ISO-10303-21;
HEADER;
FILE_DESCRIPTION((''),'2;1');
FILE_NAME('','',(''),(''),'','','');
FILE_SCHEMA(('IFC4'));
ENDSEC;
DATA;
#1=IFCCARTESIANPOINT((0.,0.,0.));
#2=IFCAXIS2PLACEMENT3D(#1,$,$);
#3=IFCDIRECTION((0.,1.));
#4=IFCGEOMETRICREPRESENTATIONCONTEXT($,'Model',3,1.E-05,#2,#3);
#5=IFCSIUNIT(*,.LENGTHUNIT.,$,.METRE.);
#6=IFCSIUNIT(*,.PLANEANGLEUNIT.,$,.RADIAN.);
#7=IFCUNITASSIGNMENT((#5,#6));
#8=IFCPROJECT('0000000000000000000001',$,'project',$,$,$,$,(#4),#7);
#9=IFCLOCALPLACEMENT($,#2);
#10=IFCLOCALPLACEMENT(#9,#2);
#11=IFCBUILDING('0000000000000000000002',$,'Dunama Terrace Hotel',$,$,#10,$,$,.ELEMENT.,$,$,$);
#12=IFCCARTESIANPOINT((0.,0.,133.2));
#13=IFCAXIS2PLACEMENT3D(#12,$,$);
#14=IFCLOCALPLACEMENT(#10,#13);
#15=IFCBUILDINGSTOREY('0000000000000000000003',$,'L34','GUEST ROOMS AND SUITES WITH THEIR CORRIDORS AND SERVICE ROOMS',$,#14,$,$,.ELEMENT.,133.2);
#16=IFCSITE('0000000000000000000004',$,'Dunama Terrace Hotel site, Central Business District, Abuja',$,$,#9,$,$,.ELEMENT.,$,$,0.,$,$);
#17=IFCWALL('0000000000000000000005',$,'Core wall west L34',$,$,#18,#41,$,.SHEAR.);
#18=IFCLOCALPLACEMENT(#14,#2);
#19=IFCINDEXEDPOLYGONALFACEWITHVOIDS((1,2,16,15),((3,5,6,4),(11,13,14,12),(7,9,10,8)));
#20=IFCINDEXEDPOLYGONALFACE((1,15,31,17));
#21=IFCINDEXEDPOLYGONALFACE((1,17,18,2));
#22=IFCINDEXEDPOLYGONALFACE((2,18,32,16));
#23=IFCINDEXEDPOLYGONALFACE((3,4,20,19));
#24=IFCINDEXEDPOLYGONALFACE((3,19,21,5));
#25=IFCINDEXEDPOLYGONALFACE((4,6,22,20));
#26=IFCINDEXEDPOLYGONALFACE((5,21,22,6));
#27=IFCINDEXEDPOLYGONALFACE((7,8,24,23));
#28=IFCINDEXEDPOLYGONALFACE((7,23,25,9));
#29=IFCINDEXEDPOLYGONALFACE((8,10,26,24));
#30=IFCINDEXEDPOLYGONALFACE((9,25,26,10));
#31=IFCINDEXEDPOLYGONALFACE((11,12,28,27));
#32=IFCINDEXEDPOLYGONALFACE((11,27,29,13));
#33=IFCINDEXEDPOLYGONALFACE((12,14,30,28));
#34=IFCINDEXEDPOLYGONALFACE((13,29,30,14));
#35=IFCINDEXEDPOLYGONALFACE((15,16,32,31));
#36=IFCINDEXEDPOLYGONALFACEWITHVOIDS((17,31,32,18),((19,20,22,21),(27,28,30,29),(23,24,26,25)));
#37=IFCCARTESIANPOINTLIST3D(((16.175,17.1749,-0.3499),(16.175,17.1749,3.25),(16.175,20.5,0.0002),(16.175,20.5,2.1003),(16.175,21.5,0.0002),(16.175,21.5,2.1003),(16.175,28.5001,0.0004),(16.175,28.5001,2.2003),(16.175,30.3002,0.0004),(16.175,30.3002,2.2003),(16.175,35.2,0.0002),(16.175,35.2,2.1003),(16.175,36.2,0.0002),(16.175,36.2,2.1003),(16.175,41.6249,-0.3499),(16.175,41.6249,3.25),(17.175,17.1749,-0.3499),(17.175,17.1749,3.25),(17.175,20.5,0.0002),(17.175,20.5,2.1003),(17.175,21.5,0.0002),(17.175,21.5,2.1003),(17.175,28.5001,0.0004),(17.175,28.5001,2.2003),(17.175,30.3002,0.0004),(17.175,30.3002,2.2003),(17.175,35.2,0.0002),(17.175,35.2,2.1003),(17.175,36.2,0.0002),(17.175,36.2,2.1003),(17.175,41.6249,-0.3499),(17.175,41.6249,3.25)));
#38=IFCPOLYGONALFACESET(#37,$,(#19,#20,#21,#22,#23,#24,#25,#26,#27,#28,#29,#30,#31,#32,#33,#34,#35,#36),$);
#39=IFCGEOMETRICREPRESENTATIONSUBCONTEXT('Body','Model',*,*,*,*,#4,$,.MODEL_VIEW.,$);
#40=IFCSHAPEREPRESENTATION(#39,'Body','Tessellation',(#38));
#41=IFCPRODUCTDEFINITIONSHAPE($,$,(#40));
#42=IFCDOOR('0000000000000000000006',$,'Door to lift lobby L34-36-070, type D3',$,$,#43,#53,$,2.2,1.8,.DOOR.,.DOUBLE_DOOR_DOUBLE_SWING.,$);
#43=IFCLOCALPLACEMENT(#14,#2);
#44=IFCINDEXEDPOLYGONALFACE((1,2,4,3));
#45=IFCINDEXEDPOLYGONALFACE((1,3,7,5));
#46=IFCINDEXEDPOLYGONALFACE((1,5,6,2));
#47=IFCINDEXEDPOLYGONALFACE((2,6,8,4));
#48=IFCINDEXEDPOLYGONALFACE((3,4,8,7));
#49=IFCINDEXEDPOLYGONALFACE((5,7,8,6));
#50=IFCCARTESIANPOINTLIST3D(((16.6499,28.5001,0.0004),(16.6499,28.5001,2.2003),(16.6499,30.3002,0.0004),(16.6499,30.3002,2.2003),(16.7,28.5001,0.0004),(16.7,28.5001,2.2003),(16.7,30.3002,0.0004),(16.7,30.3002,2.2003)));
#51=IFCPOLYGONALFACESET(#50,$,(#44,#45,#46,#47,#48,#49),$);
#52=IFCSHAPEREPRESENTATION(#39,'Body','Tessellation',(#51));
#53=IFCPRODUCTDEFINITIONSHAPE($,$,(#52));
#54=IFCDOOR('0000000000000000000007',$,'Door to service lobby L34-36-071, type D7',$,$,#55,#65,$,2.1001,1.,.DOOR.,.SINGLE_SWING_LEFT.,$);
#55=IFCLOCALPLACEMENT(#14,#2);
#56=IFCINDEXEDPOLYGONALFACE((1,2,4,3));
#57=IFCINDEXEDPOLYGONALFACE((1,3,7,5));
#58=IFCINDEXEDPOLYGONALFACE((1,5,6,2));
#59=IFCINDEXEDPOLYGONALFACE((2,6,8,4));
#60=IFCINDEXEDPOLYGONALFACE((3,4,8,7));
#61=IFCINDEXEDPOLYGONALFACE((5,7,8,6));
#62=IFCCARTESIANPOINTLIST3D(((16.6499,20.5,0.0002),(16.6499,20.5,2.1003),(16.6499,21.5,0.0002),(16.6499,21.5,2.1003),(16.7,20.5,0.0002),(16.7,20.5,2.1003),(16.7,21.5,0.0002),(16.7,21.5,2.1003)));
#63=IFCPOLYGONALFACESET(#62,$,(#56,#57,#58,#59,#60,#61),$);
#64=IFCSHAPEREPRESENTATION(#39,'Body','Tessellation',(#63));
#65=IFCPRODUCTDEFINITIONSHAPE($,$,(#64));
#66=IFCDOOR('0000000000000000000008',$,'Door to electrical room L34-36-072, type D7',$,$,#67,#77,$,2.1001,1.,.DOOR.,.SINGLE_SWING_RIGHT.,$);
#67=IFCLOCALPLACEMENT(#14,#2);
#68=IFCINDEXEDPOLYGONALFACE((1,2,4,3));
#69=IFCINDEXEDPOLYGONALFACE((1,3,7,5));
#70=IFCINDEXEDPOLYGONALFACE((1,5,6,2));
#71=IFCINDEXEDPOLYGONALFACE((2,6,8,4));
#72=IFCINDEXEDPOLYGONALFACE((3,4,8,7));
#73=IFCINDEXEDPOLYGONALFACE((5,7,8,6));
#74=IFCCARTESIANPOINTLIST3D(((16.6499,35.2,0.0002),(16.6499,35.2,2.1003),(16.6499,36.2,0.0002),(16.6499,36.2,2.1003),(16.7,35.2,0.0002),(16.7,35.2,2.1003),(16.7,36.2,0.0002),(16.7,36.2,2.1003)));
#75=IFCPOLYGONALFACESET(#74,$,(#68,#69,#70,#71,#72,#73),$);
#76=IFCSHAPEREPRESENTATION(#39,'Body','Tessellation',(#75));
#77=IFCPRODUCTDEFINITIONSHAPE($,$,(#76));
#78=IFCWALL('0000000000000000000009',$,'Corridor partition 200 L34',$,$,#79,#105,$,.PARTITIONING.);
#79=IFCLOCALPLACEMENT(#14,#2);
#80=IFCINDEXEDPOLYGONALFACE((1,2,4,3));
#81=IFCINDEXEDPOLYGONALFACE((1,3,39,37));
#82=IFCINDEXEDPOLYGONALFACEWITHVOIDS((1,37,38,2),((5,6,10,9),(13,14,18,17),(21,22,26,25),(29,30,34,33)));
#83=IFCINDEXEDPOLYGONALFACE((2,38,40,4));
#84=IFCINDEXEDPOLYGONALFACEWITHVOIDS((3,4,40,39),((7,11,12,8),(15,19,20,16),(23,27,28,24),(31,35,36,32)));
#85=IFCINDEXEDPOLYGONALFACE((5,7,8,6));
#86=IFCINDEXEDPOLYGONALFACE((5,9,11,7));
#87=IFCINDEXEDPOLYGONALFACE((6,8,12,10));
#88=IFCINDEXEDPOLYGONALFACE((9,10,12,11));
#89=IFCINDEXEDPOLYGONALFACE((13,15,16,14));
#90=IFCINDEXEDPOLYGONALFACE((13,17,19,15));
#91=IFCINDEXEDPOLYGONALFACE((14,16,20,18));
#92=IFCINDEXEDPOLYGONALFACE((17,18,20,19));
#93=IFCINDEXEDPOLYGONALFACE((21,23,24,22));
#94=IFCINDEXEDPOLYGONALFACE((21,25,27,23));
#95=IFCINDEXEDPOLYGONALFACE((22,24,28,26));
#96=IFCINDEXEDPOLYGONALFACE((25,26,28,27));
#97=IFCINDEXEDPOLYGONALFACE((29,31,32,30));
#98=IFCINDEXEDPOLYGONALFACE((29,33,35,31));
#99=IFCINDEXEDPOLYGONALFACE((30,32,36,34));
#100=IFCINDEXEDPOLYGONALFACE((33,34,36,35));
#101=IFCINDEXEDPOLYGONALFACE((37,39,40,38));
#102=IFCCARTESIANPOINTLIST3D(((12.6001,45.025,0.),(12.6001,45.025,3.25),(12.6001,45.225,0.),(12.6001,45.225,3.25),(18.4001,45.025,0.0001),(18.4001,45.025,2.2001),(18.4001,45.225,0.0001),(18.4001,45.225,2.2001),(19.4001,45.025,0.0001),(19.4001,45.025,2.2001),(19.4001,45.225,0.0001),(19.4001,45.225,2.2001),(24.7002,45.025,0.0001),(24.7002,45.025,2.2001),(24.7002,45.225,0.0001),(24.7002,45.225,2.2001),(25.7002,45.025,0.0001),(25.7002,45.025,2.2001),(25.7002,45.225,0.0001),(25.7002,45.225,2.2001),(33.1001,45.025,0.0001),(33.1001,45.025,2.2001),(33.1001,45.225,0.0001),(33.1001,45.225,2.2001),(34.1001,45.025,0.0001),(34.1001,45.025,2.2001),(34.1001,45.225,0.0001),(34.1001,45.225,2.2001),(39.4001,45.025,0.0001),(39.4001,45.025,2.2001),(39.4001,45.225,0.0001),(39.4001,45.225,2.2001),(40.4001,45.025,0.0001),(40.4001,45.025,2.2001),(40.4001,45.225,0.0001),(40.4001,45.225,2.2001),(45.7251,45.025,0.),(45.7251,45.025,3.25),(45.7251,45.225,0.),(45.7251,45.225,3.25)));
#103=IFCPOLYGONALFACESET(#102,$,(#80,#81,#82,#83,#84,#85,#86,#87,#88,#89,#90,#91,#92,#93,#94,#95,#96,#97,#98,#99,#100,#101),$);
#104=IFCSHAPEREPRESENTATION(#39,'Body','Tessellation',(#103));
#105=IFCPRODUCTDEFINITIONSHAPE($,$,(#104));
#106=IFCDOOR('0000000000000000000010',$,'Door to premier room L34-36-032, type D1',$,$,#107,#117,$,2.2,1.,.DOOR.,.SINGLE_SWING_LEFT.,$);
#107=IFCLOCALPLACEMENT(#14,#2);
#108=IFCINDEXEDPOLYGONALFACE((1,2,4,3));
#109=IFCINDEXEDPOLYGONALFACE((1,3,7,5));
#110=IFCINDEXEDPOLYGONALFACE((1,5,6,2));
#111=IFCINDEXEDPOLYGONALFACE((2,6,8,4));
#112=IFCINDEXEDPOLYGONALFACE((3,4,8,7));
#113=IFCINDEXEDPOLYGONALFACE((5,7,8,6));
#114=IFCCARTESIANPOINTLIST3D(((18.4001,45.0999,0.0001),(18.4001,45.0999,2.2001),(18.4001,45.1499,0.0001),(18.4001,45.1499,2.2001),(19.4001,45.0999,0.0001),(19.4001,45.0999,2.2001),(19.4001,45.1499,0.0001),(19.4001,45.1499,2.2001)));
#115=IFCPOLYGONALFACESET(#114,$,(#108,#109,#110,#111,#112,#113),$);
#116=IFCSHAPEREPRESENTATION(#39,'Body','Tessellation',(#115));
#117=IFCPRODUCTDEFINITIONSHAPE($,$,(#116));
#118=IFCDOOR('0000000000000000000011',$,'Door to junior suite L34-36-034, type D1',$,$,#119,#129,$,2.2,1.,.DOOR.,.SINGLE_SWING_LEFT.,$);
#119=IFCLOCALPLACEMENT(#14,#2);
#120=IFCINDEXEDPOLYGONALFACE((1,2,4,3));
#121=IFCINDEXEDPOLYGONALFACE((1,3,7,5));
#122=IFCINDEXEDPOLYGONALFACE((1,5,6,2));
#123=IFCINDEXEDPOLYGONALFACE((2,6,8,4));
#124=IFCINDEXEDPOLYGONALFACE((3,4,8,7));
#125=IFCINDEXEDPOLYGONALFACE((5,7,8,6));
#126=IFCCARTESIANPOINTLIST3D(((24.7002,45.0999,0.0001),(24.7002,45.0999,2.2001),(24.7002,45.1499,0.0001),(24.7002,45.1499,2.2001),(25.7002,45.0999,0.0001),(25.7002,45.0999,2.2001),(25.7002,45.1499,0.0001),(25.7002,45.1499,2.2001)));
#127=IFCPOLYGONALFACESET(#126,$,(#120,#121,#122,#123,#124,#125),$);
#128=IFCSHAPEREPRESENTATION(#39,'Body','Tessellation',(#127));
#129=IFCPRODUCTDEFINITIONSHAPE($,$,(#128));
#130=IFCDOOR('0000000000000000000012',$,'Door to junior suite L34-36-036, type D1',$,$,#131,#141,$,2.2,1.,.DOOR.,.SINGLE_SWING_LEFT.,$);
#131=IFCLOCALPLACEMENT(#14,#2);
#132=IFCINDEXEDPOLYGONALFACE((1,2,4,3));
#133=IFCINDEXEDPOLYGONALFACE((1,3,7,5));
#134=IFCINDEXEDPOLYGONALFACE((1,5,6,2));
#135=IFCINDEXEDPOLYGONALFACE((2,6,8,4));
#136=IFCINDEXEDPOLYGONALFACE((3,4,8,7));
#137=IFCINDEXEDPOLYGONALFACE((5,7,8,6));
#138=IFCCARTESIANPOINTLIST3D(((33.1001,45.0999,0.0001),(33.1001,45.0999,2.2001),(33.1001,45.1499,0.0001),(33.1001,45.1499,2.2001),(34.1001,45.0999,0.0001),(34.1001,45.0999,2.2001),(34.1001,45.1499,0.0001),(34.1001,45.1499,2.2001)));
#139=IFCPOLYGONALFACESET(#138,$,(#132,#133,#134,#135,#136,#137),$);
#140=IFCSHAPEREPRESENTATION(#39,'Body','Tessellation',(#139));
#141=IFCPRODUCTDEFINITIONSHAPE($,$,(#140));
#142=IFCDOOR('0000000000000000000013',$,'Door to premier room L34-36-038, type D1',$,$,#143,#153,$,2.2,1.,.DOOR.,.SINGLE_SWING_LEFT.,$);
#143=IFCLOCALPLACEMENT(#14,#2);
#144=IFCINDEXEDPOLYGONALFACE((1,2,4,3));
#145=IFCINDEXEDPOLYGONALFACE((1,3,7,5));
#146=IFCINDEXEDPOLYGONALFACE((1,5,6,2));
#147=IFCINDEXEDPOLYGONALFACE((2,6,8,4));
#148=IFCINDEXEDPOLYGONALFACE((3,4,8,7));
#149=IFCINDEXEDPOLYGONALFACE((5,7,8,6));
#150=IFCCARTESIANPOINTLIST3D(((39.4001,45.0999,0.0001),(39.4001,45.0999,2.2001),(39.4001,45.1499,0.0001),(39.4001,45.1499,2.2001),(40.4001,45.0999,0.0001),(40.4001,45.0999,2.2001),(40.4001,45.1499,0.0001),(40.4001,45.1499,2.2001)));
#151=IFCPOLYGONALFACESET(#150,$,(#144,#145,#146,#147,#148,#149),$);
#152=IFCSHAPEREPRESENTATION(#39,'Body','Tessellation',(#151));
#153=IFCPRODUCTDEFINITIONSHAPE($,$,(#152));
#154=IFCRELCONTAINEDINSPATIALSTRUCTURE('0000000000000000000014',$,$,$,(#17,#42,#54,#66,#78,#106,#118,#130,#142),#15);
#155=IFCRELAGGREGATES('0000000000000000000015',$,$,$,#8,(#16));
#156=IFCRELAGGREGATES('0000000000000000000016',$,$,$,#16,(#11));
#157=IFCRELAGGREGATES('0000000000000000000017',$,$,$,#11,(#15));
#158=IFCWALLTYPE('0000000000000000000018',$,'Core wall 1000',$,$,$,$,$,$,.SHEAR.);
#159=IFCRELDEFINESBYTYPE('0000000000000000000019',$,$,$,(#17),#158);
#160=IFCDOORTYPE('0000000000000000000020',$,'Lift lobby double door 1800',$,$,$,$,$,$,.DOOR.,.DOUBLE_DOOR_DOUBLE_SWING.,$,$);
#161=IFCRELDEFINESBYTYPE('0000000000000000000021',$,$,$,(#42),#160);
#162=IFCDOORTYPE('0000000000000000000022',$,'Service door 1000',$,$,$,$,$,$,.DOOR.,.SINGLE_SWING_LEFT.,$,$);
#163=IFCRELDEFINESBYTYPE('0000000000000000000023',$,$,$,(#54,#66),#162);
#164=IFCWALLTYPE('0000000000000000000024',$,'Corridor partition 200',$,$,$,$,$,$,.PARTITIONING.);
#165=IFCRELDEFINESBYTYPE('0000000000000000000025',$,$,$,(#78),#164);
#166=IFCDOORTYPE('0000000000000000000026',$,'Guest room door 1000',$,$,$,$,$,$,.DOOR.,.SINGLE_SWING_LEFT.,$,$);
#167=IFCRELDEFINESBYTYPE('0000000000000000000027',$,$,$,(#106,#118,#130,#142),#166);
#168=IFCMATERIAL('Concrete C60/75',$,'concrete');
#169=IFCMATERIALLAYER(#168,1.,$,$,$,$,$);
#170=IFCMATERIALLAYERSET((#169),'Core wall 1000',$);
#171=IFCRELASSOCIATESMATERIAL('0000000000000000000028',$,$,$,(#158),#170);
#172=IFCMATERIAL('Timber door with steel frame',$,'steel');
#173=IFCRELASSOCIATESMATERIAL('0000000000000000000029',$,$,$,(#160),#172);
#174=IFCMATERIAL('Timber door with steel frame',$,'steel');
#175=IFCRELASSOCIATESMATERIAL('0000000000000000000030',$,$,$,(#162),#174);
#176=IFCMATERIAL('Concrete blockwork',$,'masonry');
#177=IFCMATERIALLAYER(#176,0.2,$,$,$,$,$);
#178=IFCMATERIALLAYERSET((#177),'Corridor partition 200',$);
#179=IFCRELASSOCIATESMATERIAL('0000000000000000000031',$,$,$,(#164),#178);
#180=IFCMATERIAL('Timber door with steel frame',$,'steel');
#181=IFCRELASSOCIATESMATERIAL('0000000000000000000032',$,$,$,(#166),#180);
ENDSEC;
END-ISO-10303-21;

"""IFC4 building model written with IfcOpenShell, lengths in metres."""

from ifc_helpers import new_model, si_unit, direction, frame, frame_2d, origin, place, context, subcontext, project, spatial, rectangle, extrude, material, layer, layer_set, type_object, element, fill, save


model = new_model("IFC4")

# Units and contexts
model_context = context("Model", 3, precision=1e-05, world=origin(), true_north=direction((0.0, 1.0)))
body_context = subcontext(model_context, "Body", "Model", "MODEL_VIEW")
ifc_project = project(units=[si_unit("LENGTHUNIT", "METRE"), si_unit("PLANEANGLEUNIT", "RADIAN")], contexts=[model_context])

# Site, building, storey
site_placement = place(None, origin())
site = spatial("IfcSite", under=ifc_project, at=site_placement, Name="Dunama Terrace Hotel site, Central Business District, Abuja", CompositionType="ELEMENT", RefElevation=0.0)
building_placement = place(site_placement, origin())
building = spatial("IfcBuilding", under=site, at=building_placement, Name="Dunama Terrace Hotel", CompositionType="ELEMENT")
storey_placement = place(building_placement, frame((0.0, 0.0, 133.2)))
storey = spatial("IfcBuildingStorey", under=building, at=storey_placement, Name="L34", Description="GUEST ROOMS AND SUITES WITH THEIR CORRIDORS AND SERVICE ROOMS", CompositionType="ELEMENT", Elevation=133.2)

# Walls, openings, doors
ifc_material_1 = material(Name="Concrete C60/75", Category="concrete")
ifc_layer_1 = layer(ifc_material_1, 1.0)
ifc_layer_set_1 = layer_set([ifc_layer_1], Name="Core wall 1000")
wall_type_1 = type_object("IfcWallType", Name="Core wall 1000", PredefinedType="SHEAR", material=ifc_layer_set_1)
wall_1_placement = place(storey_placement, frame((16.675, 41.625, -0.3499), z_axis=(0.0, 0.0, 1.0), x_axis=(0.0, -1.0, 0.0)))
wall_1 = element("IfcWall", 1, at=wall_1_placement, inside=storey, type_object=wall_type_1, Name="Core wall west L34", PredefinedType="SHEAR", context=body_context, shape_type="SweptSolid", body=[
    extrude(rectangle(XDim=24.45, YDim=1.0, at=frame_2d((12.2251, 0.0))), origin(), (0.0, 0.0, 1.0), 3.5999),
])
opening_1_placement = place(wall_1_placement, frame((11.325, 0.0, 0.3501)))
opening_1 = element("IfcOpeningElement", 2, at=opening_1_placement, cuts=wall_1, PredefinedType="OPENING", context=body_context, shape_type="SweptSolid", body=[
    extrude(rectangle(XDim=1.8, YDim=2.2, at=frame_2d((0.8999, 1.1001))), frame((0.0, 0.51, 0.0), z_axis=(0.0, -1.0, 0.0), x_axis=(1.0, 0.0, 0.0)), (0.0, 0.0, 1.0), 1.02),
])
opening_2_placement = place(wall_1_placement, frame((20.125, 0.0, 0.3501)))
opening_2 = element("IfcOpeningElement", 3, at=opening_2_placement, cuts=wall_1, PredefinedType="OPENING", context=body_context, shape_type="SweptSolid", body=[
    extrude(rectangle(XDim=1.0, YDim=2.1001, at=frame_2d((0.5, 1.05))), frame((0.0, 0.51, 0.0), z_axis=(0.0, -1.0, 0.0), x_axis=(1.0, 0.0, 0.0)), (0.0, 0.0, 1.0), 1.02),
])
opening_3_placement = place(wall_1_placement, frame((5.425, 0.0, 0.3501)))
opening_3 = element("IfcOpeningElement", 4, at=opening_3_placement, cuts=wall_1, PredefinedType="OPENING", context=body_context, shape_type="SweptSolid", body=[
    extrude(rectangle(XDim=1.0, YDim=2.1001, at=frame_2d((0.5, 1.05))), frame((0.0, 0.51, 0.0), z_axis=(0.0, -1.0, 0.0), x_axis=(1.0, 0.0, 0.0)), (0.0, 0.0, 1.0), 1.02),
])
ifc_material_2 = material(Name="Timber door with steel frame", Category="steel")
door_type_1 = type_object("IfcDoorType", Name="Lift lobby double door 1800", OperationType="DOUBLE_DOOR_DOUBLE_SWING", PredefinedType="DOOR", material=ifc_material_2)
door_1_placement = place(opening_1_placement, origin())
door_1 = element("IfcDoor", 5, at=door_1_placement, inside=storey, type_object=door_type_1, Name="Door to lift lobby L34-36-070, type D3", OperationType="DOUBLE_DOOR_DOUBLE_SWING", OverallHeight=2.2, OverallWidth=1.8, PredefinedType="DOOR", context=body_context, shape_type="SweptSolid", body=[
    extrude(rectangle(XDim=1.8, YDim=2.2, at=frame_2d((0.8999, 1.1001))), frame((0.0, 0.0249, 0.0), z_axis=(0.0, -1.0, 0.0), x_axis=(1.0, 0.0, 0.0)), (0.0, 0.0, 1.0), 0.05),
])
fill(opening_1, door_1)
ifc_material_3 = material(Name="Timber door with steel frame", Category="steel")
door_type_2 = type_object("IfcDoorType", Name="Service door 1000", OperationType="SINGLE_SWING_LEFT", PredefinedType="DOOR", material=ifc_material_3)
door_2_placement = place(opening_2_placement, origin())
door_2 = element("IfcDoor", 6, at=door_2_placement, inside=storey, type_object=door_type_2, Name="Door to service lobby L34-36-071, type D7", OperationType="SINGLE_SWING_LEFT", OverallHeight=2.1001, OverallWidth=1.0, PredefinedType="DOOR", context=body_context, shape_type="SweptSolid", body=[
    extrude(rectangle(XDim=1.0, YDim=2.1001, at=frame_2d((0.5, 1.05))), frame((0.0, 0.0249, 0.0), z_axis=(0.0, -1.0, 0.0), x_axis=(1.0, 0.0, 0.0)), (0.0, 0.0, 1.0), 0.05),
])
fill(opening_2, door_2)
door_3_placement = place(opening_3_placement, origin())
door_3 = element("IfcDoor", 7, at=door_3_placement, inside=storey, type_object=door_type_2, Name="Door to electrical room L34-36-072, type D7", OperationType="SINGLE_SWING_RIGHT", OverallHeight=2.1001, OverallWidth=1.0, PredefinedType="DOOR", context=body_context, shape_type="SweptSolid", body=[
    extrude(rectangle(XDim=1.0, YDim=2.1001, at=frame_2d((0.5, 1.05))), frame((0.0, 0.0249, 0.0), z_axis=(0.0, -1.0, 0.0), x_axis=(1.0, 0.0, 0.0)), (0.0, 0.0, 1.0), 0.05),
])
fill(opening_3, door_3)
ifc_material_4 = material(Name="Concrete blockwork", Category="masonry")
ifc_layer_2 = layer(ifc_material_4, 0.2)
ifc_layer_set_2 = layer_set([ifc_layer_2], Name="Corridor partition 200")
wall_type_2 = type_object("IfcWallType", Name="Corridor partition 200", PredefinedType="PARTITIONING", material=ifc_layer_set_2)
wall_2_placement = place(storey_placement, frame((12.6001, 45.125, 0.0), z_axis=(0.0, 0.0, 1.0), x_axis=(1.0, 0.0, 0.0)))
wall_2 = element("IfcWall", 8, at=wall_2_placement, inside=storey, type_object=wall_type_2, Name="Corridor partition 200 L34", PredefinedType="PARTITIONING", context=body_context, shape_type="SweptSolid", body=[
    extrude(rectangle(XDim=33.125, YDim=0.2, at=frame_2d((16.5625, 0.0))), origin(), (0.0, 0.0, 1.0), 3.25),
])
opening_4_placement = place(wall_2_placement, frame((5.8, 0.0, 0.0)))
opening_4 = element("IfcOpeningElement", 9, at=opening_4_placement, cuts=wall_2, PredefinedType="OPENING", context=body_context, shape_type="SweptSolid", body=[
    extrude(rectangle(XDim=1.0, YDim=2.2, at=frame_2d((0.5, 1.1001))), frame((0.0, 0.1099, 0.0), z_axis=(0.0, -1.0, 0.0), x_axis=(1.0, 0.0, 0.0)), (0.0, 0.0, 1.0), 0.22),
])
opening_5_placement = place(wall_2_placement, frame((12.1001, 0.0, 0.0)))
opening_5 = element("IfcOpeningElement", 10, at=opening_5_placement, cuts=wall_2, PredefinedType="OPENING", context=body_context, shape_type="SweptSolid", body=[
    extrude(rectangle(XDim=1.0, YDim=2.2, at=frame_2d((0.5, 1.1001))), frame((0.0, 0.1099, 0.0), z_axis=(0.0, -1.0, 0.0), x_axis=(1.0, 0.0, 0.0)), (0.0, 0.0, 1.0), 0.22),
])
opening_6_placement = place(wall_2_placement, frame((20.5, 0.0, 0.0)))
opening_6 = element("IfcOpeningElement", 11, at=opening_6_placement, cuts=wall_2, PredefinedType="OPENING", context=body_context, shape_type="SweptSolid", body=[
    extrude(rectangle(XDim=1.0, YDim=2.2, at=frame_2d((0.5, 1.1001))), frame((0.0, 0.1099, 0.0), z_axis=(0.0, -1.0, 0.0), x_axis=(1.0, 0.0, 0.0)), (0.0, 0.0, 1.0), 0.22),
])
opening_7_placement = place(wall_2_placement, frame((26.8, 0.0, 0.0)))
opening_7 = element("IfcOpeningElement", 12, at=opening_7_placement, cuts=wall_2, PredefinedType="OPENING", context=body_context, shape_type="SweptSolid", body=[
    extrude(rectangle(XDim=1.0, YDim=2.2, at=frame_2d((0.5, 1.1001))), frame((0.0, 0.1099, 0.0), z_axis=(0.0, -1.0, 0.0), x_axis=(1.0, 0.0, 0.0)), (0.0, 0.0, 1.0), 0.22),
])
ifc_material_5 = material(Name="Timber door with steel frame", Category="steel")
door_type_3 = type_object("IfcDoorType", Name="Guest room door 1000", OperationType="SINGLE_SWING_LEFT", PredefinedType="DOOR", material=ifc_material_5)
door_4_placement = place(opening_4_placement, origin())
door_4 = element("IfcDoor", 13, at=door_4_placement, inside=storey, type_object=door_type_3, Name="Door to premier room L34-36-032, type D1", OperationType="SINGLE_SWING_LEFT", OverallHeight=2.2, OverallWidth=1.0, PredefinedType="DOOR", context=body_context, shape_type="SweptSolid", body=[
    extrude(rectangle(XDim=1.0, YDim=2.2, at=frame_2d((0.5, 1.1001))), frame((0.0, 0.0249, 0.0), z_axis=(0.0, -1.0, 0.0), x_axis=(1.0, 0.0, 0.0)), (0.0, 0.0, 1.0), 0.05),
])
fill(opening_4, door_4)
door_5_placement = place(opening_5_placement, origin())
door_5 = element("IfcDoor", 14, at=door_5_placement, inside=storey, type_object=door_type_3, Name="Door to junior suite L34-36-034, type D1", OperationType="SINGLE_SWING_LEFT", OverallHeight=2.2, OverallWidth=1.0, PredefinedType="DOOR", context=body_context, shape_type="SweptSolid", body=[
    extrude(rectangle(XDim=1.0, YDim=2.2, at=frame_2d((0.5, 1.1001))), frame((0.0, 0.0249, 0.0), z_axis=(0.0, -1.0, 0.0), x_axis=(1.0, 0.0, 0.0)), (0.0, 0.0, 1.0), 0.05),
])
fill(opening_5, door_5)
door_6_placement = place(opening_6_placement, origin())
door_6 = element("IfcDoor", 15, at=door_6_placement, inside=storey, type_object=door_type_3, Name="Door to junior suite L34-36-036, type D1", OperationType="SINGLE_SWING_LEFT", OverallHeight=2.2, OverallWidth=1.0, PredefinedType="DOOR", context=body_context, shape_type="SweptSolid", body=[
    extrude(rectangle(XDim=1.0, YDim=2.2, at=frame_2d((0.5, 1.1001))), frame((0.0, 0.0249, 0.0), z_axis=(0.0, -1.0, 0.0), x_axis=(1.0, 0.0, 0.0)), (0.0, 0.0, 1.0), 0.05),
])
fill(opening_6, door_6)
door_7_placement = place(opening_7_placement, origin())
door_7 = element("IfcDoor", 16, at=door_7_placement, inside=storey, type_object=door_type_3, Name="Door to premier room L34-36-038, type D1", OperationType="SINGLE_SWING_LEFT", OverallHeight=2.2, OverallWidth=1.0, PredefinedType="DOOR", context=body_context, shape_type="SweptSolid", body=[
    extrude(rectangle(XDim=1.0, YDim=2.2, at=frame_2d((0.5, 1.1001))), frame((0.0, 0.0249, 0.0), z_axis=(0.0, -1.0, 0.0), x_axis=(1.0, 0.0, 0.0)), (0.0, 0.0, 1.0), 0.05),
])
fill(opening_7, door_7)

save(model, "model.ifc")
